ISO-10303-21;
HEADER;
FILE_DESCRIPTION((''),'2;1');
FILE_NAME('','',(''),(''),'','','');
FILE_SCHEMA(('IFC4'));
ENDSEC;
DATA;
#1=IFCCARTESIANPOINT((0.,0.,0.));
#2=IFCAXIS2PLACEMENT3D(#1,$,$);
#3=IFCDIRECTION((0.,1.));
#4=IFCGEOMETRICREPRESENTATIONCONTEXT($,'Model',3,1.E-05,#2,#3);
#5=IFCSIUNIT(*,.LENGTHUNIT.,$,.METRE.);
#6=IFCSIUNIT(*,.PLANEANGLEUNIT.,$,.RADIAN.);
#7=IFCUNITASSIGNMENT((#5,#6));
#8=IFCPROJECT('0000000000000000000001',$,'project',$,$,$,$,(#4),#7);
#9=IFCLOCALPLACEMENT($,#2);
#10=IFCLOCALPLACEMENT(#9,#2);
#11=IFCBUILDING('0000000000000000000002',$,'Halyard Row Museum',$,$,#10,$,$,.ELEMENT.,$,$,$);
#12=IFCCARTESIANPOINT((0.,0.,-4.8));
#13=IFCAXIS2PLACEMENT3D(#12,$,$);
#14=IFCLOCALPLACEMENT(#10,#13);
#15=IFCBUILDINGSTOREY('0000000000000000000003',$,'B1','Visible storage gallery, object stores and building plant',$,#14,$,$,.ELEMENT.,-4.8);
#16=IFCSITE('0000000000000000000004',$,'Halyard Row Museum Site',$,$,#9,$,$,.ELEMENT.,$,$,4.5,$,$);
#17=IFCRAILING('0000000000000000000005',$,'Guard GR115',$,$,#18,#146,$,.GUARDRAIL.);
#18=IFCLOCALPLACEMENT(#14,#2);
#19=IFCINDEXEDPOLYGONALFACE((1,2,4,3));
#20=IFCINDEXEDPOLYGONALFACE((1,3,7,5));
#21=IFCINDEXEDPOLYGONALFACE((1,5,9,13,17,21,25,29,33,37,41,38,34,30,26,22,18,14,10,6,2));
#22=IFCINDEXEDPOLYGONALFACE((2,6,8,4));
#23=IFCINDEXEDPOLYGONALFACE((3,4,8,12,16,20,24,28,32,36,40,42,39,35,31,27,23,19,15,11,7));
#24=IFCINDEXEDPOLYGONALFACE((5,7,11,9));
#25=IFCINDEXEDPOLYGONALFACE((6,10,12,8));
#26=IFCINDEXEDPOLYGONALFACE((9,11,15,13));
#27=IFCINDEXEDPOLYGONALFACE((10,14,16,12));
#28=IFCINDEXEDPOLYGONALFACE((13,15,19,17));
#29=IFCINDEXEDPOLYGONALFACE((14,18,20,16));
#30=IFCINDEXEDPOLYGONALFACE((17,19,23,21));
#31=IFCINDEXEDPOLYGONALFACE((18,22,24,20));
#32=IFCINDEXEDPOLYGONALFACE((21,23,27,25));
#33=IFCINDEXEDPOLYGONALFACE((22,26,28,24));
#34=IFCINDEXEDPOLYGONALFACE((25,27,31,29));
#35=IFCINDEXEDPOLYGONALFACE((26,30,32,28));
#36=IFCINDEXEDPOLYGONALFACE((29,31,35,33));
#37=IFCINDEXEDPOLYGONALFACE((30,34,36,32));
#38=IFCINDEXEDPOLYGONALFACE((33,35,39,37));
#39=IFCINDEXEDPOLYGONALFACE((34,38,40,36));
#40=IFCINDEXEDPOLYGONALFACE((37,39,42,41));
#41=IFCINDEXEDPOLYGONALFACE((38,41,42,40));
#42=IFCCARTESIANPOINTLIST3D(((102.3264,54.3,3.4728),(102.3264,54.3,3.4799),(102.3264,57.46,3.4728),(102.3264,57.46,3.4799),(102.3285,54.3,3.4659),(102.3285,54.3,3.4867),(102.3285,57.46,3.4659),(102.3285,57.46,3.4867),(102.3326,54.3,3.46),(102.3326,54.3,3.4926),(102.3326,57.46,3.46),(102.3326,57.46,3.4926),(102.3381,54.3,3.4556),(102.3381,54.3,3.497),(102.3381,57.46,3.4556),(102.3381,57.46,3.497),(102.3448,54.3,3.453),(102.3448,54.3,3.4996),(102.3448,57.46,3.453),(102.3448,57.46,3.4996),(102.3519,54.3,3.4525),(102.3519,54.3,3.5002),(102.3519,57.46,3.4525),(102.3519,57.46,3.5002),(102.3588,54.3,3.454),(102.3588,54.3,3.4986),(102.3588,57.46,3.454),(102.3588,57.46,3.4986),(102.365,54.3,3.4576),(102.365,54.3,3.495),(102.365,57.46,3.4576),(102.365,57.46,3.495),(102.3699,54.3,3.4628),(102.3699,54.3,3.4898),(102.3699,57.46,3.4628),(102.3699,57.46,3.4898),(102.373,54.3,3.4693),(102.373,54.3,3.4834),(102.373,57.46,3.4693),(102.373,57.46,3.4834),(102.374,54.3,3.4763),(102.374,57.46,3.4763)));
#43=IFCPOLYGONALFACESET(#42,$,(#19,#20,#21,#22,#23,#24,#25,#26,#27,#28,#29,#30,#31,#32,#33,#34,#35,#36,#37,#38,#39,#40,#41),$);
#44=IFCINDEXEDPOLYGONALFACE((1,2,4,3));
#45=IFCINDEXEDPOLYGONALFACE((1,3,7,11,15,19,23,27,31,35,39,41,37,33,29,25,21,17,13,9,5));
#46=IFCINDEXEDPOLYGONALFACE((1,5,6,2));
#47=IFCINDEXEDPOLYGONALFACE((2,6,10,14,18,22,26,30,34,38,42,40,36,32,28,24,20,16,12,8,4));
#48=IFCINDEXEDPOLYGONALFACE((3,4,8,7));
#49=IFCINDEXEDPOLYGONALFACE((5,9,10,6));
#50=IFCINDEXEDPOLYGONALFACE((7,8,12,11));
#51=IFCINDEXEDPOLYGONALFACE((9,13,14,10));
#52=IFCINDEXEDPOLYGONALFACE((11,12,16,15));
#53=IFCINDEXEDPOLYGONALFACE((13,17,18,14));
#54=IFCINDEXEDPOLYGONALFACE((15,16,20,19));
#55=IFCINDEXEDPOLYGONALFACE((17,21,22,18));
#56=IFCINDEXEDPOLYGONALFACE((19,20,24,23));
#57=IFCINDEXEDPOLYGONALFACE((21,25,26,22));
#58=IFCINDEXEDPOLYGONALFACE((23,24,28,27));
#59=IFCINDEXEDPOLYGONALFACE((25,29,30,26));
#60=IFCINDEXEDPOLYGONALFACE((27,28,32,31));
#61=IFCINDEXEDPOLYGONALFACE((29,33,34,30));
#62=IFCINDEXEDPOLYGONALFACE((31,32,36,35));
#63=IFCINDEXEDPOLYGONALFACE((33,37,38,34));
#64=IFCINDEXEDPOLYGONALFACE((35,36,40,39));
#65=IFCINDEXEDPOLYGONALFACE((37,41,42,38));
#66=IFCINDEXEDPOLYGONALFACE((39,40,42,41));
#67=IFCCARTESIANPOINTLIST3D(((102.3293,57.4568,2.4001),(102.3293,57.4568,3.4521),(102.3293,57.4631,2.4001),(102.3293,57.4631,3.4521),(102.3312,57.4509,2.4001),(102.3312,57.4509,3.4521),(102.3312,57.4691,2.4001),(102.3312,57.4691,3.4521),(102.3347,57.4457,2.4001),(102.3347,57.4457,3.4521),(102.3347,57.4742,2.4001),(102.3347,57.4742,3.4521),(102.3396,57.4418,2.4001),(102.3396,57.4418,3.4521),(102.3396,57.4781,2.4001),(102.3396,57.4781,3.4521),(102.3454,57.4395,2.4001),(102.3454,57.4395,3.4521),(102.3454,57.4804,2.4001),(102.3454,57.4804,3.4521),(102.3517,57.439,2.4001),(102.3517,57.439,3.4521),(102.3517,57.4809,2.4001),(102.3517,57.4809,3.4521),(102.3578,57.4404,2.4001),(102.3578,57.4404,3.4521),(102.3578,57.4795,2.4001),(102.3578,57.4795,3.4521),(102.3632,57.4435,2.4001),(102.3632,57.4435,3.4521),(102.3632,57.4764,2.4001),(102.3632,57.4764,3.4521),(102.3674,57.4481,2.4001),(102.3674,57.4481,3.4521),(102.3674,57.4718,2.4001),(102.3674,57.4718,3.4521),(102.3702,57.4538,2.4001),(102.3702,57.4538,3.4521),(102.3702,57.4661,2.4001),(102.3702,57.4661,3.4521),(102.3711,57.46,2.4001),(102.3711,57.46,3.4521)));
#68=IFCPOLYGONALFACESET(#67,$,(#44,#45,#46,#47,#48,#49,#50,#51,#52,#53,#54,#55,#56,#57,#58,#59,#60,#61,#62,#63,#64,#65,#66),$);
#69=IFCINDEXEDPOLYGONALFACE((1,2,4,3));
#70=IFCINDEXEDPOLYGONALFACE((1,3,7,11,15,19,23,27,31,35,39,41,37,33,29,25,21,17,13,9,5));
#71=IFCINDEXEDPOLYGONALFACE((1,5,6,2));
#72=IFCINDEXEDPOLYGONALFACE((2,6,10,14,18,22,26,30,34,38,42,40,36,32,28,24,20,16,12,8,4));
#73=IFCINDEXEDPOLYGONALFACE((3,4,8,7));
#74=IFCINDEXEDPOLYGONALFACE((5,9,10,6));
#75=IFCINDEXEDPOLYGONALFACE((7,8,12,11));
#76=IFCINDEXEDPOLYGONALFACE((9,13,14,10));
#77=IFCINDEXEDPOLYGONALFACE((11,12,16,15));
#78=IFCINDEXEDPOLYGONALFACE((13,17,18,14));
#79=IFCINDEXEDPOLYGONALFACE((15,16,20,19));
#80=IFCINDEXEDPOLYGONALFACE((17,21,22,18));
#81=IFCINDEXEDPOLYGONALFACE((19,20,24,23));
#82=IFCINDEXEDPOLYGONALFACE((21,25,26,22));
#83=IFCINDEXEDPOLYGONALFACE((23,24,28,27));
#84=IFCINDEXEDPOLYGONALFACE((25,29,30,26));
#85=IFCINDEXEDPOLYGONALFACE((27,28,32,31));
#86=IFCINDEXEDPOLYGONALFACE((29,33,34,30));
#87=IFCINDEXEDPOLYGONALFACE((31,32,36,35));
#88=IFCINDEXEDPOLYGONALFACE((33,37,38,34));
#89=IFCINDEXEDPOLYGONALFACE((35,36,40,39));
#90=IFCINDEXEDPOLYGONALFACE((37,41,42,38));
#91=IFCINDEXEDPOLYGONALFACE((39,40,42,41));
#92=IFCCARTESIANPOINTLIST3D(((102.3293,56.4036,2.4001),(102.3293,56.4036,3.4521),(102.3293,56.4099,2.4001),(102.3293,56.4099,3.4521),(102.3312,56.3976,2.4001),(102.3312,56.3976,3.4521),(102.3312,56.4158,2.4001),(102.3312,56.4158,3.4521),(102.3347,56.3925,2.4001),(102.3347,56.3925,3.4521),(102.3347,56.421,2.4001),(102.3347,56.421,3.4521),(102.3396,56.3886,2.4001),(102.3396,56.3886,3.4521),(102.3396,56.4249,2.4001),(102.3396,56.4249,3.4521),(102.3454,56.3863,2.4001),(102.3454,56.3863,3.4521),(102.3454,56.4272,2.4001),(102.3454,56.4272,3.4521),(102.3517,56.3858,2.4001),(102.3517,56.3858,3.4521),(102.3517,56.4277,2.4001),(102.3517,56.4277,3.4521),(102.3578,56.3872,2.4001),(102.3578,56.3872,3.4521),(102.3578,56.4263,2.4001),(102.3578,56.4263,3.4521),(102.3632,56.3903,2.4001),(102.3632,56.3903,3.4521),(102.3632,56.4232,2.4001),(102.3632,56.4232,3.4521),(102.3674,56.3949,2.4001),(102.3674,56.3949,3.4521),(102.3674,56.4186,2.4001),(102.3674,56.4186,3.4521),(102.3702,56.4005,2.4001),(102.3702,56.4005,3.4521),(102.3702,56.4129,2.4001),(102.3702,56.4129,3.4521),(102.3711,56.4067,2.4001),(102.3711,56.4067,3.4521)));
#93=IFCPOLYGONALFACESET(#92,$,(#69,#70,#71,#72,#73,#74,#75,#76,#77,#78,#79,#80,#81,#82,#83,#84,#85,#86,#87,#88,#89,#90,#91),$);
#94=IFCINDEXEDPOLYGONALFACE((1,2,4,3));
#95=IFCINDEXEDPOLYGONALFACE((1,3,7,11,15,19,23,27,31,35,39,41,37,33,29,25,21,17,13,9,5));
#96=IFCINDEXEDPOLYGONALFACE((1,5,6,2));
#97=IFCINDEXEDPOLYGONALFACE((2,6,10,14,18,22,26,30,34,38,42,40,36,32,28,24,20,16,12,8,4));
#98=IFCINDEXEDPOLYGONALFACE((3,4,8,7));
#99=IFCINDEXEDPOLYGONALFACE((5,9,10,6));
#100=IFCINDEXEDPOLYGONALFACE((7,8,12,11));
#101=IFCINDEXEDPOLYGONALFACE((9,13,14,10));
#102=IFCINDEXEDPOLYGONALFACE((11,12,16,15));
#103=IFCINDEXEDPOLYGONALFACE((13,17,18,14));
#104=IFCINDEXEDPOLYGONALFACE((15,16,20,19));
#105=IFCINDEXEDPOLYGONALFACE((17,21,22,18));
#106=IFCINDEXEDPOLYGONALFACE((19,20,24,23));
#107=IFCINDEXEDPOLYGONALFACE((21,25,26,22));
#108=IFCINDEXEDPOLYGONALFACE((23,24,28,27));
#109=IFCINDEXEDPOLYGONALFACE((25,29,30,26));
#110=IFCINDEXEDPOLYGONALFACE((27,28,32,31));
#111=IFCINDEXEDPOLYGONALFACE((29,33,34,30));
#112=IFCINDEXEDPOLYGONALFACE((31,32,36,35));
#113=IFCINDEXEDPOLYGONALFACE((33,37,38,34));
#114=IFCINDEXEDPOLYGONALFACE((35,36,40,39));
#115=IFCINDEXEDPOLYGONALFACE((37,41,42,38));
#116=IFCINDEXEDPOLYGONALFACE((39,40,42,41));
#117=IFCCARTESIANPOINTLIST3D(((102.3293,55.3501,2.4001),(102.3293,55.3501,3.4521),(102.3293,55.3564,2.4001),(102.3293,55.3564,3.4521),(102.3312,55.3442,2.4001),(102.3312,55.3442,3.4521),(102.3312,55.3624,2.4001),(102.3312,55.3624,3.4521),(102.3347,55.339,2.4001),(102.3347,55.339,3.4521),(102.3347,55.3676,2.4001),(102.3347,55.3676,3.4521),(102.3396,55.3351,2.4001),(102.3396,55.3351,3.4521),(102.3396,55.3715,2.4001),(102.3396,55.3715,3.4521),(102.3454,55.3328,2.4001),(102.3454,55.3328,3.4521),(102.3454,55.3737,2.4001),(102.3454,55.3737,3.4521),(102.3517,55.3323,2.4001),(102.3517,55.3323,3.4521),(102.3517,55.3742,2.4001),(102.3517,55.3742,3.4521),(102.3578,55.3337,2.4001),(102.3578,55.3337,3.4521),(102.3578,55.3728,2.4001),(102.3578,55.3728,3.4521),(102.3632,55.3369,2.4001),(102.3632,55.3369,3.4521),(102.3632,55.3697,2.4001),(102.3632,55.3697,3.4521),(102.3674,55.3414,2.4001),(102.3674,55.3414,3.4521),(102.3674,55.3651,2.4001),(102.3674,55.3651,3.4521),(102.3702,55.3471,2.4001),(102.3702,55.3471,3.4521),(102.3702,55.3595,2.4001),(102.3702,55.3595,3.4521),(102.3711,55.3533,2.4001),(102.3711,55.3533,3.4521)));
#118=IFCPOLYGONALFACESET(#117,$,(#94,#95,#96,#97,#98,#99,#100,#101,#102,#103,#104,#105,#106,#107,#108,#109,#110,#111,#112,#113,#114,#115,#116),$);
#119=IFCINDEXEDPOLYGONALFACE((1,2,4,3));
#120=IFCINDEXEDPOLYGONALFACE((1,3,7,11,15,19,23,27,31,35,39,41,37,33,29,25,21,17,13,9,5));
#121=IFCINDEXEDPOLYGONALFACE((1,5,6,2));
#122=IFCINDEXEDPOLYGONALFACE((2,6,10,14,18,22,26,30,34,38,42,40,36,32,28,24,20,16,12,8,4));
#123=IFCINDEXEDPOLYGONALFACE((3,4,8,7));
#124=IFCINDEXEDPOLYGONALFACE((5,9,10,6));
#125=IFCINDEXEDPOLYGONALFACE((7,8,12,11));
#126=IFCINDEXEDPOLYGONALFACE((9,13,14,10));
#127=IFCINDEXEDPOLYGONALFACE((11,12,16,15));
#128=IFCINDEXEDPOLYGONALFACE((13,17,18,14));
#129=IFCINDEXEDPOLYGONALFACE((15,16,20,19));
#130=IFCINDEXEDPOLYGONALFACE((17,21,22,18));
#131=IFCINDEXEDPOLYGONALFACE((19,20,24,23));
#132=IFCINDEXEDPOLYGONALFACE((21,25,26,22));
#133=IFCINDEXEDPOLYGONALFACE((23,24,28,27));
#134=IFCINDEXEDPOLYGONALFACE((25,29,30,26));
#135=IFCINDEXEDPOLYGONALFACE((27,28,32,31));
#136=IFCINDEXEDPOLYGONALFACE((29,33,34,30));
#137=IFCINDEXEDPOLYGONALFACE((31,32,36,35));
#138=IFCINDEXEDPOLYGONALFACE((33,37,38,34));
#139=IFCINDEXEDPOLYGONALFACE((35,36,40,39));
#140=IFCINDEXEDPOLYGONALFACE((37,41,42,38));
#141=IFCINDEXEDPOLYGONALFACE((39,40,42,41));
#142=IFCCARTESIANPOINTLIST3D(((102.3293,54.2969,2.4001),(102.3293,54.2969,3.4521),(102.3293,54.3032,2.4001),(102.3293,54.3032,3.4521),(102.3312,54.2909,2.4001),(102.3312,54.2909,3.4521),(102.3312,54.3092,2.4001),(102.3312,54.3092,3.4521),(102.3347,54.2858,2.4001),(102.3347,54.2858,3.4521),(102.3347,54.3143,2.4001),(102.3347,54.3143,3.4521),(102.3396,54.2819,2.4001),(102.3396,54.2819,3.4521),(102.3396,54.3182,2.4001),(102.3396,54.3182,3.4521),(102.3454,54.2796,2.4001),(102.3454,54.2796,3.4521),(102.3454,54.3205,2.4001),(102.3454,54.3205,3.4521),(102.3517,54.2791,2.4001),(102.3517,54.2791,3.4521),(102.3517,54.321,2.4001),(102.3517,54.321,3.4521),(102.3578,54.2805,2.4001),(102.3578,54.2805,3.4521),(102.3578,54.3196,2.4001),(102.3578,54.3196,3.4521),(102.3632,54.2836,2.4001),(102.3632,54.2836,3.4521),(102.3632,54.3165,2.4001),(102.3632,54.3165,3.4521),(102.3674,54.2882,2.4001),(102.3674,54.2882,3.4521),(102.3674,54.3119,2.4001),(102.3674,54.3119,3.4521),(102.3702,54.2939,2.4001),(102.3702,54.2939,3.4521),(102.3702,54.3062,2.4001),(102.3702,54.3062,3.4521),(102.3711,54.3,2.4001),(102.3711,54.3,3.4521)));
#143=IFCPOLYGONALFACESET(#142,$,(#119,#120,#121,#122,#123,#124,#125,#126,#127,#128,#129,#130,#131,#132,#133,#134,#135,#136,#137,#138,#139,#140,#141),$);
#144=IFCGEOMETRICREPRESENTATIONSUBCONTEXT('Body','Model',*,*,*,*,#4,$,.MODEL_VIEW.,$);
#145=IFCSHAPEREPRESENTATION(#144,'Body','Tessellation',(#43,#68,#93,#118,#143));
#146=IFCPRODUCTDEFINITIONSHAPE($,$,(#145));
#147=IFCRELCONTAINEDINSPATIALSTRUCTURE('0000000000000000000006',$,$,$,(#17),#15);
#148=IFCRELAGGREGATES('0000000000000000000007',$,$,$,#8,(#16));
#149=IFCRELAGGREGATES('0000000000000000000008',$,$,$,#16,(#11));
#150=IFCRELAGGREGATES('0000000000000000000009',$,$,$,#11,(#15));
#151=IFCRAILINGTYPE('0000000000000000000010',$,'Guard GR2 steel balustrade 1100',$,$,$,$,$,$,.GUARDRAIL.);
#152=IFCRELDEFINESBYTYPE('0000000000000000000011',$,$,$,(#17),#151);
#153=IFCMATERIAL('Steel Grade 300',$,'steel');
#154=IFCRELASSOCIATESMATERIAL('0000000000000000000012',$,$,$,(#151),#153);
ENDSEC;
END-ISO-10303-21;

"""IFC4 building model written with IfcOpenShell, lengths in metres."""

from ifc_helpers import new_model, si_unit, direction, frame, origin, origin_2d, place, context, subcontext, project, spatial, circle, extrude, material, type_object, element, save


model = new_model("IFC4")

# Units and contexts
model_context = context("Model", 3, precision=1e-05, world=origin(), true_north=direction((0.0, 1.0)))
body_context = subcontext(model_context, "Body", "Model", "MODEL_VIEW")
ifc_project = project(units=[si_unit("LENGTHUNIT", "METRE"), si_unit("PLANEANGLEUNIT", "RADIAN")], contexts=[model_context])

# Site, building, storey
site_placement = place(None, origin())
site = spatial("IfcSite", under=ifc_project, at=site_placement, Name="Halyard Row Museum Site", CompositionType="ELEMENT", RefElevation=4.5)
building_placement = place(site_placement, origin())
building = spatial("IfcBuilding", under=site, at=building_placement, Name="Halyard Row Museum", CompositionType="ELEMENT")
storey_placement = place(building_placement, frame((0.0, 0.0, -4.8)))
storey = spatial("IfcBuildingStorey", under=building, at=storey_placement, Name="B1", Description="Visible storage gallery, object stores and building plant", CompositionType="ELEMENT", Elevation=-4.8)

# Railing
ifc_material_1 = material(Name="Steel Grade 300", Category="steel")
railing_type_1 = type_object("IfcRailingType", Name="Guard GR2 steel balustrade 1100", PredefinedType="GUARDRAIL", material=ifc_material_1)
railing_1_placement = place(storey_placement, frame((102.3501, 57.46, 2.4001)))
element("IfcRailing", 1, at=railing_1_placement, inside=storey, type_object=railing_type_1, Name="Guard GR115", PredefinedType="GUARDRAIL", context=body_context, shape_type="SweptSolid", body=[
    extrude(circle(Radius=0.0239, at=origin_2d()), frame((0.0, 0.0, 1.0762), z_axis=(0.0, -1.0, 0.0), x_axis=(1.0, 0.0, 0.0)), (0.0, 0.0, 1.0), 3.1599),
    extrude(circle(Radius=0.021, at=origin_2d()), origin(), (0.0, 0.0, 1.0), 1.052),
    extrude(circle(Radius=0.021, at=origin_2d()), frame((0.0, -1.0532, 0.0)), (0.0, 0.0, 1.0), 1.052),
    extrude(circle(Radius=0.021, at=origin_2d()), frame((0.0, -2.1067, 0.0)), (0.0, 0.0, 1.0), 1.052),
    extrude(circle(Radius=0.021, at=origin_2d()), frame((0.0, -3.1599, 0.0)), (0.0, 0.0, 1.0), 1.052),
])

save(model, "model.ifc")
